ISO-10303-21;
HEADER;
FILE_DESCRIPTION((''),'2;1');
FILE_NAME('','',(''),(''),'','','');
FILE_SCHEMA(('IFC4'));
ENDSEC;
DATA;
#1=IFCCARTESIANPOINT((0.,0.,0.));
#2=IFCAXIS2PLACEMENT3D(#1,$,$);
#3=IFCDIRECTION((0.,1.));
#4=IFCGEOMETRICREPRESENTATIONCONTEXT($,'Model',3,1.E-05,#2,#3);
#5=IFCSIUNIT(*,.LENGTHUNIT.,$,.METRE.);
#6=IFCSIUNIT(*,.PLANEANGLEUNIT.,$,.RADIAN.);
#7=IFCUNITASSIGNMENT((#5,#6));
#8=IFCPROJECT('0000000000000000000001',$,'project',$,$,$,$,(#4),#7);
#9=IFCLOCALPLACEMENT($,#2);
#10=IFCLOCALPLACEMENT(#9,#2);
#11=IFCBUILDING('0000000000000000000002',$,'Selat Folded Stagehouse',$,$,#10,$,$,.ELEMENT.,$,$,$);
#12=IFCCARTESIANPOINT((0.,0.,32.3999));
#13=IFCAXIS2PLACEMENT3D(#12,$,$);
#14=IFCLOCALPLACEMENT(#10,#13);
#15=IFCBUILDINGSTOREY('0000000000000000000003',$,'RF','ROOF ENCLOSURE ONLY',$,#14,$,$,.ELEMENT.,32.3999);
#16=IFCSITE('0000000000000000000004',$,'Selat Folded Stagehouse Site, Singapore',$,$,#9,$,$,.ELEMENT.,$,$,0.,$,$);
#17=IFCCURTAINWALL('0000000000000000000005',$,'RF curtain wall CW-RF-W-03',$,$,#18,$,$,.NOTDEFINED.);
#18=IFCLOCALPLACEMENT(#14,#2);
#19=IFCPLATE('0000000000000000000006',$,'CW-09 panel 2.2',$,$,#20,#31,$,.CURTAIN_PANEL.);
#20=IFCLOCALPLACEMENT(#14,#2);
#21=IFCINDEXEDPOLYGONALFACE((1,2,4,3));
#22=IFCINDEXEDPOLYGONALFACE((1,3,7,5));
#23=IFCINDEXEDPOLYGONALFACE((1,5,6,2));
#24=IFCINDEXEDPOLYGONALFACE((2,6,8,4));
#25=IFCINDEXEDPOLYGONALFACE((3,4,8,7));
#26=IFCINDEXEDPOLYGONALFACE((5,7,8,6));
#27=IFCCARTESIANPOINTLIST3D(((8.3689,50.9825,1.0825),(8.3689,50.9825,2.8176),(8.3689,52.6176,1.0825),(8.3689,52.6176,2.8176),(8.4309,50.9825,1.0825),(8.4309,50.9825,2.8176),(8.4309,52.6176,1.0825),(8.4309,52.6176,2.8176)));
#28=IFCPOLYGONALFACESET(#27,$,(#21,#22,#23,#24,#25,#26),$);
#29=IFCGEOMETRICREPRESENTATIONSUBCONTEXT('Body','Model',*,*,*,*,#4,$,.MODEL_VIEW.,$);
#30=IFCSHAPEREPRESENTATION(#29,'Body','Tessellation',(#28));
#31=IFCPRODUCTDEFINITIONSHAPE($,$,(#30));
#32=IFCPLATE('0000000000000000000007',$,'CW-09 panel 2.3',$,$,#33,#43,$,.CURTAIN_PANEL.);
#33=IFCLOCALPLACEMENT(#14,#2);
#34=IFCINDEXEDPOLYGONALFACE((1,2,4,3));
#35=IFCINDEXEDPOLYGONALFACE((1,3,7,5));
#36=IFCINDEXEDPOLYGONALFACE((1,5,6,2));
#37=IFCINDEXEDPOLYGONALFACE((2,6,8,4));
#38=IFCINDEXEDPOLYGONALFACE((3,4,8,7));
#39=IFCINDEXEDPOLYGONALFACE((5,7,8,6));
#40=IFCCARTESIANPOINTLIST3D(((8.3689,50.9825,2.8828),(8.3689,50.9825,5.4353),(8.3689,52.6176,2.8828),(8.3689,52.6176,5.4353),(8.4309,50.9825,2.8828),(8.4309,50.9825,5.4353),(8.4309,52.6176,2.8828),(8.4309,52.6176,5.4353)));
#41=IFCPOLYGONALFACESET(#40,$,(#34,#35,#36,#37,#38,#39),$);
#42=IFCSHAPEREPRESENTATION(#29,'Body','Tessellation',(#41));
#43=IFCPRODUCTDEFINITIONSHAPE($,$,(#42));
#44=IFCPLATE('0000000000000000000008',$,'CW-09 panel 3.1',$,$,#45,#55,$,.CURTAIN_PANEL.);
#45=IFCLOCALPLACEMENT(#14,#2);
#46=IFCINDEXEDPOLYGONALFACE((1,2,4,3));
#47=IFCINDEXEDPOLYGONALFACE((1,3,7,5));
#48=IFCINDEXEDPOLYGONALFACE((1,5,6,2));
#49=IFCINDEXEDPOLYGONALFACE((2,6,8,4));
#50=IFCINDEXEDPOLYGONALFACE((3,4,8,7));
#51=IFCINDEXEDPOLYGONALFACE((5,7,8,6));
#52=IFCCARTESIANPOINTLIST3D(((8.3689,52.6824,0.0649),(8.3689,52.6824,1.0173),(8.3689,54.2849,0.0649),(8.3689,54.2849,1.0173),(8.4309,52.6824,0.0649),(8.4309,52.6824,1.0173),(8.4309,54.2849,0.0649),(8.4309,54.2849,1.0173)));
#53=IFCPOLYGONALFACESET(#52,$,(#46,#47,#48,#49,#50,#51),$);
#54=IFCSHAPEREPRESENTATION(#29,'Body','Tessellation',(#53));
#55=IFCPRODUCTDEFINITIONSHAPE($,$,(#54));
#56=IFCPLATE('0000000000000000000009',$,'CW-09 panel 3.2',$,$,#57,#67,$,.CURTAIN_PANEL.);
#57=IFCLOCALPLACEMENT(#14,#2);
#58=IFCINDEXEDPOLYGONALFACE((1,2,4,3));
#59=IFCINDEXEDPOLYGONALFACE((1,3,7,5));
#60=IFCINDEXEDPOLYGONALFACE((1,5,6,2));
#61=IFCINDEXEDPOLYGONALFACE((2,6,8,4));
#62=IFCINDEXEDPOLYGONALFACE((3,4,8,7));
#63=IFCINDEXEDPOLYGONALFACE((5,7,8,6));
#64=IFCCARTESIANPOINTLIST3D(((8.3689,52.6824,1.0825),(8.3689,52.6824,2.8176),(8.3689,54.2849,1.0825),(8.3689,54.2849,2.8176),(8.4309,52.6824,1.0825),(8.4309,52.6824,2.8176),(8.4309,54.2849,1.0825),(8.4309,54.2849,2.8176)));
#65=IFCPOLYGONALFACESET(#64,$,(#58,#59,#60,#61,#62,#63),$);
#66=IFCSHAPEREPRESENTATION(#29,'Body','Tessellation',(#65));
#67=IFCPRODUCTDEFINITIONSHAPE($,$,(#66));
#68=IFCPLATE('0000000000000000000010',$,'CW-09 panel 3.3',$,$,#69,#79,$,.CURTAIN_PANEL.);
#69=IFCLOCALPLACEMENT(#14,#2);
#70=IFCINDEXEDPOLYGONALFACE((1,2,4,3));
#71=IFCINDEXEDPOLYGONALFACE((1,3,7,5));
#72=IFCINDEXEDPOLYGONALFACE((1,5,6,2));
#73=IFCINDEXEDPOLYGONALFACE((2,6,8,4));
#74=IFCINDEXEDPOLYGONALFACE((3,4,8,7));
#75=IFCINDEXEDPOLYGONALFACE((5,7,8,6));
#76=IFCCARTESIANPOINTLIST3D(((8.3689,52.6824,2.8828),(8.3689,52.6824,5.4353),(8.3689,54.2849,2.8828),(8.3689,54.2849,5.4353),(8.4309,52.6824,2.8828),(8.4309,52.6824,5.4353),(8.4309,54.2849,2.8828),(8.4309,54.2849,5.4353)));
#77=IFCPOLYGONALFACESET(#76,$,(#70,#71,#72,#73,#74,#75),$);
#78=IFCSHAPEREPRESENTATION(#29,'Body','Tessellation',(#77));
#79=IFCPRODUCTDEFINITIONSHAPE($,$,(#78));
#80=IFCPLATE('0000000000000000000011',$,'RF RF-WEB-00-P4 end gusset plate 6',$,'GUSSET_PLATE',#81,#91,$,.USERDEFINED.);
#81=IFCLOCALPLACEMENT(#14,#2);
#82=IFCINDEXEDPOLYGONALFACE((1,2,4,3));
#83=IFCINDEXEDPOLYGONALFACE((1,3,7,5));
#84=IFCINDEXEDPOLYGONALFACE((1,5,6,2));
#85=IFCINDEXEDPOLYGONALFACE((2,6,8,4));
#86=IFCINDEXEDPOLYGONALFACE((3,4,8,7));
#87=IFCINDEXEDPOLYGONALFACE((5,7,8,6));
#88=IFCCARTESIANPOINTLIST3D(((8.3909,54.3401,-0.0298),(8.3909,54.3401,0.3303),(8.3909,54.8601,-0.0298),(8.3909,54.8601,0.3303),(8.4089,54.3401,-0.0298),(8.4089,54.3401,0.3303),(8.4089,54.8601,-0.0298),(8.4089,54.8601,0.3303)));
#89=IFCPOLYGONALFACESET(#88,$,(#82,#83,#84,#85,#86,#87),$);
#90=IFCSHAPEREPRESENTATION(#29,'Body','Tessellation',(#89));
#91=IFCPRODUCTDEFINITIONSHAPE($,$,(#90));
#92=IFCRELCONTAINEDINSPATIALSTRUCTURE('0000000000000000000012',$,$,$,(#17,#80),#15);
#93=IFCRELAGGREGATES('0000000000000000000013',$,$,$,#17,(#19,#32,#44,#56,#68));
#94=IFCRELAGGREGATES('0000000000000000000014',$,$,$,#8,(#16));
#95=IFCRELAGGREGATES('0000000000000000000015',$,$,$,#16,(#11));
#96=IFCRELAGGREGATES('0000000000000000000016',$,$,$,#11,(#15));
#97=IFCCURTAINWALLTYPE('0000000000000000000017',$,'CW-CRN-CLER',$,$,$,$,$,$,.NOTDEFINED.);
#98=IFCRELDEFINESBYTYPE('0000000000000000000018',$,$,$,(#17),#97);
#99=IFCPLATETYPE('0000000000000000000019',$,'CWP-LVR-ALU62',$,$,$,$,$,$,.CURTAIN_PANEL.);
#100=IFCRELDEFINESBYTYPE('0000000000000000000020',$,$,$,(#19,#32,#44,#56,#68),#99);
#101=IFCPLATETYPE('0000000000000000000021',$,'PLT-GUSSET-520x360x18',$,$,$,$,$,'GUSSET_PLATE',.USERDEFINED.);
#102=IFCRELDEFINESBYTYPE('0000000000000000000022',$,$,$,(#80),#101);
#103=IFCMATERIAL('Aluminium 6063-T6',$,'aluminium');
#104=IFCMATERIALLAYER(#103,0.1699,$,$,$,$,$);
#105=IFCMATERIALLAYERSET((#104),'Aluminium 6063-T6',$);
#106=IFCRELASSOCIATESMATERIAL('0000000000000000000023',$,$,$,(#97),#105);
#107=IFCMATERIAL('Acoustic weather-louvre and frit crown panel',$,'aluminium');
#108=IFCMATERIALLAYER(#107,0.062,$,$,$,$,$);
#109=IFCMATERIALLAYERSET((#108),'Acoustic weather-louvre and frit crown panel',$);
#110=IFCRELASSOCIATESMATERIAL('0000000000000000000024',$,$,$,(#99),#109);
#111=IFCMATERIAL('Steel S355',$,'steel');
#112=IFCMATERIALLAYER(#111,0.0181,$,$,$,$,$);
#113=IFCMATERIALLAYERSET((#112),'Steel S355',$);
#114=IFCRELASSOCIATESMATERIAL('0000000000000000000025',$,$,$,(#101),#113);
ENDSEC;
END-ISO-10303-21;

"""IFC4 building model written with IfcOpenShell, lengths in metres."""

from ifc_helpers import new_model, si_unit, direction, frame, origin, origin_2d, place, context, subcontext, project, spatial, rectangle, extrude, material, layer, layer_set, type_object, element, aggregate, save


model = new_model("IFC4")

# Units and contexts
model_context = context("Model", 3, precision=1e-05, world=origin(), true_north=direction((0.0, 1.0)))
body_context = subcontext(model_context, "Body", "Model", "MODEL_VIEW")
ifc_project = project(units=[si_unit("LENGTHUNIT", "METRE"), si_unit("PLANEANGLEUNIT", "RADIAN")], contexts=[model_context])

# Site, building, storey
site_placement = place(None, origin())
site = spatial("IfcSite", under=ifc_project, at=site_placement, Name="Selat Folded Stagehouse Site, Singapore", CompositionType="ELEMENT", RefElevation=0.0)
building_placement = place(site_placement, origin())
building = spatial("IfcBuilding", under=site, at=building_placement, Name="Selat Folded Stagehouse", CompositionType="ELEMENT")
storey_placement = place(building_placement, frame((0.0, 0.0, 32.3999)))
storey = spatial("IfcBuildingStorey", under=building, at=storey_placement, Name="RF", Description="ROOF ENCLOSURE ONLY", CompositionType="ELEMENT", Elevation=32.3999)

# Shared definitions
ifc_material_1 = material(Name="Steel S355", Category="steel")

# Curtain wall
ifc_material_2 = material(Name="Aluminium 6063-T6", Category="aluminium")
ifc_layer_1 = layer(ifc_material_2, 0.1699)
ifc_layer_set_1 = layer_set([ifc_layer_1], Name="Aluminium 6063-T6")
curtain_wall_type = type_object("IfcCurtainWallType", Name="CW-CRN-CLER", PredefinedType="NOTDEFINED", material=ifc_layer_set_1)
curtain_wall_1_placement = place(storey_placement, origin())
curtain_wall_1 = element("IfcCurtainWall", 1, at=curtain_wall_1_placement, inside=storey, type_object=curtain_wall_type, Name="RF curtain wall CW-RF-W-03", PredefinedType="NOTDEFINED")

# Plates
ifc_material_3 = material(Name="Acoustic weather-louvre and frit crown panel", Category="aluminium")
ifc_layer_2 = layer(ifc_material_3, 0.062)
ifc_layer_set_2 = layer_set([ifc_layer_2], Name="Acoustic weather-louvre and frit crown panel")
plate_type_1 = type_object("IfcPlateType", Name="CWP-LVR-ALU62", PredefinedType="CURTAIN_PANEL", material=ifc_layer_set_2)
plate_1_placement = place(storey_placement, frame((8.3999, 51.8, 1.0825), z_axis=(0.0, 0.0, 1.0), x_axis=(0.0, 1.0, 0.0)))
plate_1 = element("IfcPlate", 2, at=plate_1_placement, type_object=plate_type_1, Name="CW-09 panel 2.2", PredefinedType="CURTAIN_PANEL", context=body_context, shape_type="SweptSolid", body=[
    extrude(rectangle(XDim=1.635, YDim=0.062, at=origin_2d()), origin(), (0.0, 0.0, 1.0), 1.7351),
])
plate_2_placement = place(storey_placement, frame((8.3999, 51.8, 2.8828), z_axis=(0.0, 0.0, 1.0), x_axis=(0.0, 1.0, 0.0)))
plate_2 = element("IfcPlate", 3, at=plate_2_placement, type_object=plate_type_1, Name="CW-09 panel 2.3", PredefinedType="CURTAIN_PANEL", context=body_context, shape_type="SweptSolid", body=[
    extrude(rectangle(XDim=1.635, YDim=0.062, at=origin_2d()), origin(), (0.0, 0.0, 1.0), 2.5525),
])
plate_3_placement = place(storey_placement, frame((8.3999, 53.4836, 0.0649), z_axis=(0.0, 0.0, 1.0), x_axis=(0.0, 1.0, 0.0)))
plate_3 = element("IfcPlate", 4, at=plate_3_placement, type_object=plate_type_1, Name="CW-09 panel 3.1", PredefinedType="CURTAIN_PANEL", context=body_context, shape_type="SweptSolid", body=[
    extrude(rectangle(XDim=1.6025, YDim=0.062, at=origin_2d()), origin(), (0.0, 0.0, 1.0), 0.9524),
])
plate_4_placement = place(storey_placement, frame((8.3999, 53.4836, 1.0825), z_axis=(0.0, 0.0, 1.0), x_axis=(0.0, 1.0, 0.0)))
plate_4 = element("IfcPlate", 5, at=plate_4_placement, type_object=plate_type_1, Name="CW-09 panel 3.2", PredefinedType="CURTAIN_PANEL", context=body_context, shape_type="SweptSolid", body=[
    extrude(rectangle(XDim=1.6025, YDim=0.062, at=origin_2d()), origin(), (0.0, 0.0, 1.0), 1.7351),
])
plate_5_placement = place(storey_placement, frame((8.3999, 53.4836, 2.8828), z_axis=(0.0, 0.0, 1.0), x_axis=(0.0, 1.0, 0.0)))
plate_5 = element("IfcPlate", 6, at=plate_5_placement, type_object=plate_type_1, Name="CW-09 panel 3.3", PredefinedType="CURTAIN_PANEL", context=body_context, shape_type="SweptSolid", body=[
    extrude(rectangle(XDim=1.6025, YDim=0.062, at=origin_2d()), origin(), (0.0, 0.0, 1.0), 2.5525),
])
aggregate(curtain_wall_1, [plate_1, plate_2, plate_3, plate_4, plate_5])
ifc_layer_3 = layer(ifc_material_1, 0.0181)
ifc_layer_set_3 = layer_set([ifc_layer_3], Name="Steel S355")
plate_type_2 = type_object("IfcPlateType", Name="PLT-GUSSET-520x360x18", ElementType="GUSSET_PLATE", PredefinedType="USERDEFINED", material=ifc_layer_set_3)
plate_6_placement = place(storey_placement, frame((8.3999, 54.6001, -0.0298), z_axis=(0.0, 0.0, 1.0), x_axis=(0.0, 1.0, 0.0)))
element("IfcPlate", 7, at=plate_6_placement, inside=storey, type_object=plate_type_2, Name="RF RF-WEB-00-P4 end gusset plate 6", ObjectType="GUSSET_PLATE", PredefinedType="USERDEFINED", context=body_context, shape_type="SweptSolid", body=[
    extrude(rectangle(XDim=0.52, YDim=0.0181, at=origin_2d()), origin(), (0.0, 0.0, 1.0), 0.3601),
])

save(model, "model.ifc")
